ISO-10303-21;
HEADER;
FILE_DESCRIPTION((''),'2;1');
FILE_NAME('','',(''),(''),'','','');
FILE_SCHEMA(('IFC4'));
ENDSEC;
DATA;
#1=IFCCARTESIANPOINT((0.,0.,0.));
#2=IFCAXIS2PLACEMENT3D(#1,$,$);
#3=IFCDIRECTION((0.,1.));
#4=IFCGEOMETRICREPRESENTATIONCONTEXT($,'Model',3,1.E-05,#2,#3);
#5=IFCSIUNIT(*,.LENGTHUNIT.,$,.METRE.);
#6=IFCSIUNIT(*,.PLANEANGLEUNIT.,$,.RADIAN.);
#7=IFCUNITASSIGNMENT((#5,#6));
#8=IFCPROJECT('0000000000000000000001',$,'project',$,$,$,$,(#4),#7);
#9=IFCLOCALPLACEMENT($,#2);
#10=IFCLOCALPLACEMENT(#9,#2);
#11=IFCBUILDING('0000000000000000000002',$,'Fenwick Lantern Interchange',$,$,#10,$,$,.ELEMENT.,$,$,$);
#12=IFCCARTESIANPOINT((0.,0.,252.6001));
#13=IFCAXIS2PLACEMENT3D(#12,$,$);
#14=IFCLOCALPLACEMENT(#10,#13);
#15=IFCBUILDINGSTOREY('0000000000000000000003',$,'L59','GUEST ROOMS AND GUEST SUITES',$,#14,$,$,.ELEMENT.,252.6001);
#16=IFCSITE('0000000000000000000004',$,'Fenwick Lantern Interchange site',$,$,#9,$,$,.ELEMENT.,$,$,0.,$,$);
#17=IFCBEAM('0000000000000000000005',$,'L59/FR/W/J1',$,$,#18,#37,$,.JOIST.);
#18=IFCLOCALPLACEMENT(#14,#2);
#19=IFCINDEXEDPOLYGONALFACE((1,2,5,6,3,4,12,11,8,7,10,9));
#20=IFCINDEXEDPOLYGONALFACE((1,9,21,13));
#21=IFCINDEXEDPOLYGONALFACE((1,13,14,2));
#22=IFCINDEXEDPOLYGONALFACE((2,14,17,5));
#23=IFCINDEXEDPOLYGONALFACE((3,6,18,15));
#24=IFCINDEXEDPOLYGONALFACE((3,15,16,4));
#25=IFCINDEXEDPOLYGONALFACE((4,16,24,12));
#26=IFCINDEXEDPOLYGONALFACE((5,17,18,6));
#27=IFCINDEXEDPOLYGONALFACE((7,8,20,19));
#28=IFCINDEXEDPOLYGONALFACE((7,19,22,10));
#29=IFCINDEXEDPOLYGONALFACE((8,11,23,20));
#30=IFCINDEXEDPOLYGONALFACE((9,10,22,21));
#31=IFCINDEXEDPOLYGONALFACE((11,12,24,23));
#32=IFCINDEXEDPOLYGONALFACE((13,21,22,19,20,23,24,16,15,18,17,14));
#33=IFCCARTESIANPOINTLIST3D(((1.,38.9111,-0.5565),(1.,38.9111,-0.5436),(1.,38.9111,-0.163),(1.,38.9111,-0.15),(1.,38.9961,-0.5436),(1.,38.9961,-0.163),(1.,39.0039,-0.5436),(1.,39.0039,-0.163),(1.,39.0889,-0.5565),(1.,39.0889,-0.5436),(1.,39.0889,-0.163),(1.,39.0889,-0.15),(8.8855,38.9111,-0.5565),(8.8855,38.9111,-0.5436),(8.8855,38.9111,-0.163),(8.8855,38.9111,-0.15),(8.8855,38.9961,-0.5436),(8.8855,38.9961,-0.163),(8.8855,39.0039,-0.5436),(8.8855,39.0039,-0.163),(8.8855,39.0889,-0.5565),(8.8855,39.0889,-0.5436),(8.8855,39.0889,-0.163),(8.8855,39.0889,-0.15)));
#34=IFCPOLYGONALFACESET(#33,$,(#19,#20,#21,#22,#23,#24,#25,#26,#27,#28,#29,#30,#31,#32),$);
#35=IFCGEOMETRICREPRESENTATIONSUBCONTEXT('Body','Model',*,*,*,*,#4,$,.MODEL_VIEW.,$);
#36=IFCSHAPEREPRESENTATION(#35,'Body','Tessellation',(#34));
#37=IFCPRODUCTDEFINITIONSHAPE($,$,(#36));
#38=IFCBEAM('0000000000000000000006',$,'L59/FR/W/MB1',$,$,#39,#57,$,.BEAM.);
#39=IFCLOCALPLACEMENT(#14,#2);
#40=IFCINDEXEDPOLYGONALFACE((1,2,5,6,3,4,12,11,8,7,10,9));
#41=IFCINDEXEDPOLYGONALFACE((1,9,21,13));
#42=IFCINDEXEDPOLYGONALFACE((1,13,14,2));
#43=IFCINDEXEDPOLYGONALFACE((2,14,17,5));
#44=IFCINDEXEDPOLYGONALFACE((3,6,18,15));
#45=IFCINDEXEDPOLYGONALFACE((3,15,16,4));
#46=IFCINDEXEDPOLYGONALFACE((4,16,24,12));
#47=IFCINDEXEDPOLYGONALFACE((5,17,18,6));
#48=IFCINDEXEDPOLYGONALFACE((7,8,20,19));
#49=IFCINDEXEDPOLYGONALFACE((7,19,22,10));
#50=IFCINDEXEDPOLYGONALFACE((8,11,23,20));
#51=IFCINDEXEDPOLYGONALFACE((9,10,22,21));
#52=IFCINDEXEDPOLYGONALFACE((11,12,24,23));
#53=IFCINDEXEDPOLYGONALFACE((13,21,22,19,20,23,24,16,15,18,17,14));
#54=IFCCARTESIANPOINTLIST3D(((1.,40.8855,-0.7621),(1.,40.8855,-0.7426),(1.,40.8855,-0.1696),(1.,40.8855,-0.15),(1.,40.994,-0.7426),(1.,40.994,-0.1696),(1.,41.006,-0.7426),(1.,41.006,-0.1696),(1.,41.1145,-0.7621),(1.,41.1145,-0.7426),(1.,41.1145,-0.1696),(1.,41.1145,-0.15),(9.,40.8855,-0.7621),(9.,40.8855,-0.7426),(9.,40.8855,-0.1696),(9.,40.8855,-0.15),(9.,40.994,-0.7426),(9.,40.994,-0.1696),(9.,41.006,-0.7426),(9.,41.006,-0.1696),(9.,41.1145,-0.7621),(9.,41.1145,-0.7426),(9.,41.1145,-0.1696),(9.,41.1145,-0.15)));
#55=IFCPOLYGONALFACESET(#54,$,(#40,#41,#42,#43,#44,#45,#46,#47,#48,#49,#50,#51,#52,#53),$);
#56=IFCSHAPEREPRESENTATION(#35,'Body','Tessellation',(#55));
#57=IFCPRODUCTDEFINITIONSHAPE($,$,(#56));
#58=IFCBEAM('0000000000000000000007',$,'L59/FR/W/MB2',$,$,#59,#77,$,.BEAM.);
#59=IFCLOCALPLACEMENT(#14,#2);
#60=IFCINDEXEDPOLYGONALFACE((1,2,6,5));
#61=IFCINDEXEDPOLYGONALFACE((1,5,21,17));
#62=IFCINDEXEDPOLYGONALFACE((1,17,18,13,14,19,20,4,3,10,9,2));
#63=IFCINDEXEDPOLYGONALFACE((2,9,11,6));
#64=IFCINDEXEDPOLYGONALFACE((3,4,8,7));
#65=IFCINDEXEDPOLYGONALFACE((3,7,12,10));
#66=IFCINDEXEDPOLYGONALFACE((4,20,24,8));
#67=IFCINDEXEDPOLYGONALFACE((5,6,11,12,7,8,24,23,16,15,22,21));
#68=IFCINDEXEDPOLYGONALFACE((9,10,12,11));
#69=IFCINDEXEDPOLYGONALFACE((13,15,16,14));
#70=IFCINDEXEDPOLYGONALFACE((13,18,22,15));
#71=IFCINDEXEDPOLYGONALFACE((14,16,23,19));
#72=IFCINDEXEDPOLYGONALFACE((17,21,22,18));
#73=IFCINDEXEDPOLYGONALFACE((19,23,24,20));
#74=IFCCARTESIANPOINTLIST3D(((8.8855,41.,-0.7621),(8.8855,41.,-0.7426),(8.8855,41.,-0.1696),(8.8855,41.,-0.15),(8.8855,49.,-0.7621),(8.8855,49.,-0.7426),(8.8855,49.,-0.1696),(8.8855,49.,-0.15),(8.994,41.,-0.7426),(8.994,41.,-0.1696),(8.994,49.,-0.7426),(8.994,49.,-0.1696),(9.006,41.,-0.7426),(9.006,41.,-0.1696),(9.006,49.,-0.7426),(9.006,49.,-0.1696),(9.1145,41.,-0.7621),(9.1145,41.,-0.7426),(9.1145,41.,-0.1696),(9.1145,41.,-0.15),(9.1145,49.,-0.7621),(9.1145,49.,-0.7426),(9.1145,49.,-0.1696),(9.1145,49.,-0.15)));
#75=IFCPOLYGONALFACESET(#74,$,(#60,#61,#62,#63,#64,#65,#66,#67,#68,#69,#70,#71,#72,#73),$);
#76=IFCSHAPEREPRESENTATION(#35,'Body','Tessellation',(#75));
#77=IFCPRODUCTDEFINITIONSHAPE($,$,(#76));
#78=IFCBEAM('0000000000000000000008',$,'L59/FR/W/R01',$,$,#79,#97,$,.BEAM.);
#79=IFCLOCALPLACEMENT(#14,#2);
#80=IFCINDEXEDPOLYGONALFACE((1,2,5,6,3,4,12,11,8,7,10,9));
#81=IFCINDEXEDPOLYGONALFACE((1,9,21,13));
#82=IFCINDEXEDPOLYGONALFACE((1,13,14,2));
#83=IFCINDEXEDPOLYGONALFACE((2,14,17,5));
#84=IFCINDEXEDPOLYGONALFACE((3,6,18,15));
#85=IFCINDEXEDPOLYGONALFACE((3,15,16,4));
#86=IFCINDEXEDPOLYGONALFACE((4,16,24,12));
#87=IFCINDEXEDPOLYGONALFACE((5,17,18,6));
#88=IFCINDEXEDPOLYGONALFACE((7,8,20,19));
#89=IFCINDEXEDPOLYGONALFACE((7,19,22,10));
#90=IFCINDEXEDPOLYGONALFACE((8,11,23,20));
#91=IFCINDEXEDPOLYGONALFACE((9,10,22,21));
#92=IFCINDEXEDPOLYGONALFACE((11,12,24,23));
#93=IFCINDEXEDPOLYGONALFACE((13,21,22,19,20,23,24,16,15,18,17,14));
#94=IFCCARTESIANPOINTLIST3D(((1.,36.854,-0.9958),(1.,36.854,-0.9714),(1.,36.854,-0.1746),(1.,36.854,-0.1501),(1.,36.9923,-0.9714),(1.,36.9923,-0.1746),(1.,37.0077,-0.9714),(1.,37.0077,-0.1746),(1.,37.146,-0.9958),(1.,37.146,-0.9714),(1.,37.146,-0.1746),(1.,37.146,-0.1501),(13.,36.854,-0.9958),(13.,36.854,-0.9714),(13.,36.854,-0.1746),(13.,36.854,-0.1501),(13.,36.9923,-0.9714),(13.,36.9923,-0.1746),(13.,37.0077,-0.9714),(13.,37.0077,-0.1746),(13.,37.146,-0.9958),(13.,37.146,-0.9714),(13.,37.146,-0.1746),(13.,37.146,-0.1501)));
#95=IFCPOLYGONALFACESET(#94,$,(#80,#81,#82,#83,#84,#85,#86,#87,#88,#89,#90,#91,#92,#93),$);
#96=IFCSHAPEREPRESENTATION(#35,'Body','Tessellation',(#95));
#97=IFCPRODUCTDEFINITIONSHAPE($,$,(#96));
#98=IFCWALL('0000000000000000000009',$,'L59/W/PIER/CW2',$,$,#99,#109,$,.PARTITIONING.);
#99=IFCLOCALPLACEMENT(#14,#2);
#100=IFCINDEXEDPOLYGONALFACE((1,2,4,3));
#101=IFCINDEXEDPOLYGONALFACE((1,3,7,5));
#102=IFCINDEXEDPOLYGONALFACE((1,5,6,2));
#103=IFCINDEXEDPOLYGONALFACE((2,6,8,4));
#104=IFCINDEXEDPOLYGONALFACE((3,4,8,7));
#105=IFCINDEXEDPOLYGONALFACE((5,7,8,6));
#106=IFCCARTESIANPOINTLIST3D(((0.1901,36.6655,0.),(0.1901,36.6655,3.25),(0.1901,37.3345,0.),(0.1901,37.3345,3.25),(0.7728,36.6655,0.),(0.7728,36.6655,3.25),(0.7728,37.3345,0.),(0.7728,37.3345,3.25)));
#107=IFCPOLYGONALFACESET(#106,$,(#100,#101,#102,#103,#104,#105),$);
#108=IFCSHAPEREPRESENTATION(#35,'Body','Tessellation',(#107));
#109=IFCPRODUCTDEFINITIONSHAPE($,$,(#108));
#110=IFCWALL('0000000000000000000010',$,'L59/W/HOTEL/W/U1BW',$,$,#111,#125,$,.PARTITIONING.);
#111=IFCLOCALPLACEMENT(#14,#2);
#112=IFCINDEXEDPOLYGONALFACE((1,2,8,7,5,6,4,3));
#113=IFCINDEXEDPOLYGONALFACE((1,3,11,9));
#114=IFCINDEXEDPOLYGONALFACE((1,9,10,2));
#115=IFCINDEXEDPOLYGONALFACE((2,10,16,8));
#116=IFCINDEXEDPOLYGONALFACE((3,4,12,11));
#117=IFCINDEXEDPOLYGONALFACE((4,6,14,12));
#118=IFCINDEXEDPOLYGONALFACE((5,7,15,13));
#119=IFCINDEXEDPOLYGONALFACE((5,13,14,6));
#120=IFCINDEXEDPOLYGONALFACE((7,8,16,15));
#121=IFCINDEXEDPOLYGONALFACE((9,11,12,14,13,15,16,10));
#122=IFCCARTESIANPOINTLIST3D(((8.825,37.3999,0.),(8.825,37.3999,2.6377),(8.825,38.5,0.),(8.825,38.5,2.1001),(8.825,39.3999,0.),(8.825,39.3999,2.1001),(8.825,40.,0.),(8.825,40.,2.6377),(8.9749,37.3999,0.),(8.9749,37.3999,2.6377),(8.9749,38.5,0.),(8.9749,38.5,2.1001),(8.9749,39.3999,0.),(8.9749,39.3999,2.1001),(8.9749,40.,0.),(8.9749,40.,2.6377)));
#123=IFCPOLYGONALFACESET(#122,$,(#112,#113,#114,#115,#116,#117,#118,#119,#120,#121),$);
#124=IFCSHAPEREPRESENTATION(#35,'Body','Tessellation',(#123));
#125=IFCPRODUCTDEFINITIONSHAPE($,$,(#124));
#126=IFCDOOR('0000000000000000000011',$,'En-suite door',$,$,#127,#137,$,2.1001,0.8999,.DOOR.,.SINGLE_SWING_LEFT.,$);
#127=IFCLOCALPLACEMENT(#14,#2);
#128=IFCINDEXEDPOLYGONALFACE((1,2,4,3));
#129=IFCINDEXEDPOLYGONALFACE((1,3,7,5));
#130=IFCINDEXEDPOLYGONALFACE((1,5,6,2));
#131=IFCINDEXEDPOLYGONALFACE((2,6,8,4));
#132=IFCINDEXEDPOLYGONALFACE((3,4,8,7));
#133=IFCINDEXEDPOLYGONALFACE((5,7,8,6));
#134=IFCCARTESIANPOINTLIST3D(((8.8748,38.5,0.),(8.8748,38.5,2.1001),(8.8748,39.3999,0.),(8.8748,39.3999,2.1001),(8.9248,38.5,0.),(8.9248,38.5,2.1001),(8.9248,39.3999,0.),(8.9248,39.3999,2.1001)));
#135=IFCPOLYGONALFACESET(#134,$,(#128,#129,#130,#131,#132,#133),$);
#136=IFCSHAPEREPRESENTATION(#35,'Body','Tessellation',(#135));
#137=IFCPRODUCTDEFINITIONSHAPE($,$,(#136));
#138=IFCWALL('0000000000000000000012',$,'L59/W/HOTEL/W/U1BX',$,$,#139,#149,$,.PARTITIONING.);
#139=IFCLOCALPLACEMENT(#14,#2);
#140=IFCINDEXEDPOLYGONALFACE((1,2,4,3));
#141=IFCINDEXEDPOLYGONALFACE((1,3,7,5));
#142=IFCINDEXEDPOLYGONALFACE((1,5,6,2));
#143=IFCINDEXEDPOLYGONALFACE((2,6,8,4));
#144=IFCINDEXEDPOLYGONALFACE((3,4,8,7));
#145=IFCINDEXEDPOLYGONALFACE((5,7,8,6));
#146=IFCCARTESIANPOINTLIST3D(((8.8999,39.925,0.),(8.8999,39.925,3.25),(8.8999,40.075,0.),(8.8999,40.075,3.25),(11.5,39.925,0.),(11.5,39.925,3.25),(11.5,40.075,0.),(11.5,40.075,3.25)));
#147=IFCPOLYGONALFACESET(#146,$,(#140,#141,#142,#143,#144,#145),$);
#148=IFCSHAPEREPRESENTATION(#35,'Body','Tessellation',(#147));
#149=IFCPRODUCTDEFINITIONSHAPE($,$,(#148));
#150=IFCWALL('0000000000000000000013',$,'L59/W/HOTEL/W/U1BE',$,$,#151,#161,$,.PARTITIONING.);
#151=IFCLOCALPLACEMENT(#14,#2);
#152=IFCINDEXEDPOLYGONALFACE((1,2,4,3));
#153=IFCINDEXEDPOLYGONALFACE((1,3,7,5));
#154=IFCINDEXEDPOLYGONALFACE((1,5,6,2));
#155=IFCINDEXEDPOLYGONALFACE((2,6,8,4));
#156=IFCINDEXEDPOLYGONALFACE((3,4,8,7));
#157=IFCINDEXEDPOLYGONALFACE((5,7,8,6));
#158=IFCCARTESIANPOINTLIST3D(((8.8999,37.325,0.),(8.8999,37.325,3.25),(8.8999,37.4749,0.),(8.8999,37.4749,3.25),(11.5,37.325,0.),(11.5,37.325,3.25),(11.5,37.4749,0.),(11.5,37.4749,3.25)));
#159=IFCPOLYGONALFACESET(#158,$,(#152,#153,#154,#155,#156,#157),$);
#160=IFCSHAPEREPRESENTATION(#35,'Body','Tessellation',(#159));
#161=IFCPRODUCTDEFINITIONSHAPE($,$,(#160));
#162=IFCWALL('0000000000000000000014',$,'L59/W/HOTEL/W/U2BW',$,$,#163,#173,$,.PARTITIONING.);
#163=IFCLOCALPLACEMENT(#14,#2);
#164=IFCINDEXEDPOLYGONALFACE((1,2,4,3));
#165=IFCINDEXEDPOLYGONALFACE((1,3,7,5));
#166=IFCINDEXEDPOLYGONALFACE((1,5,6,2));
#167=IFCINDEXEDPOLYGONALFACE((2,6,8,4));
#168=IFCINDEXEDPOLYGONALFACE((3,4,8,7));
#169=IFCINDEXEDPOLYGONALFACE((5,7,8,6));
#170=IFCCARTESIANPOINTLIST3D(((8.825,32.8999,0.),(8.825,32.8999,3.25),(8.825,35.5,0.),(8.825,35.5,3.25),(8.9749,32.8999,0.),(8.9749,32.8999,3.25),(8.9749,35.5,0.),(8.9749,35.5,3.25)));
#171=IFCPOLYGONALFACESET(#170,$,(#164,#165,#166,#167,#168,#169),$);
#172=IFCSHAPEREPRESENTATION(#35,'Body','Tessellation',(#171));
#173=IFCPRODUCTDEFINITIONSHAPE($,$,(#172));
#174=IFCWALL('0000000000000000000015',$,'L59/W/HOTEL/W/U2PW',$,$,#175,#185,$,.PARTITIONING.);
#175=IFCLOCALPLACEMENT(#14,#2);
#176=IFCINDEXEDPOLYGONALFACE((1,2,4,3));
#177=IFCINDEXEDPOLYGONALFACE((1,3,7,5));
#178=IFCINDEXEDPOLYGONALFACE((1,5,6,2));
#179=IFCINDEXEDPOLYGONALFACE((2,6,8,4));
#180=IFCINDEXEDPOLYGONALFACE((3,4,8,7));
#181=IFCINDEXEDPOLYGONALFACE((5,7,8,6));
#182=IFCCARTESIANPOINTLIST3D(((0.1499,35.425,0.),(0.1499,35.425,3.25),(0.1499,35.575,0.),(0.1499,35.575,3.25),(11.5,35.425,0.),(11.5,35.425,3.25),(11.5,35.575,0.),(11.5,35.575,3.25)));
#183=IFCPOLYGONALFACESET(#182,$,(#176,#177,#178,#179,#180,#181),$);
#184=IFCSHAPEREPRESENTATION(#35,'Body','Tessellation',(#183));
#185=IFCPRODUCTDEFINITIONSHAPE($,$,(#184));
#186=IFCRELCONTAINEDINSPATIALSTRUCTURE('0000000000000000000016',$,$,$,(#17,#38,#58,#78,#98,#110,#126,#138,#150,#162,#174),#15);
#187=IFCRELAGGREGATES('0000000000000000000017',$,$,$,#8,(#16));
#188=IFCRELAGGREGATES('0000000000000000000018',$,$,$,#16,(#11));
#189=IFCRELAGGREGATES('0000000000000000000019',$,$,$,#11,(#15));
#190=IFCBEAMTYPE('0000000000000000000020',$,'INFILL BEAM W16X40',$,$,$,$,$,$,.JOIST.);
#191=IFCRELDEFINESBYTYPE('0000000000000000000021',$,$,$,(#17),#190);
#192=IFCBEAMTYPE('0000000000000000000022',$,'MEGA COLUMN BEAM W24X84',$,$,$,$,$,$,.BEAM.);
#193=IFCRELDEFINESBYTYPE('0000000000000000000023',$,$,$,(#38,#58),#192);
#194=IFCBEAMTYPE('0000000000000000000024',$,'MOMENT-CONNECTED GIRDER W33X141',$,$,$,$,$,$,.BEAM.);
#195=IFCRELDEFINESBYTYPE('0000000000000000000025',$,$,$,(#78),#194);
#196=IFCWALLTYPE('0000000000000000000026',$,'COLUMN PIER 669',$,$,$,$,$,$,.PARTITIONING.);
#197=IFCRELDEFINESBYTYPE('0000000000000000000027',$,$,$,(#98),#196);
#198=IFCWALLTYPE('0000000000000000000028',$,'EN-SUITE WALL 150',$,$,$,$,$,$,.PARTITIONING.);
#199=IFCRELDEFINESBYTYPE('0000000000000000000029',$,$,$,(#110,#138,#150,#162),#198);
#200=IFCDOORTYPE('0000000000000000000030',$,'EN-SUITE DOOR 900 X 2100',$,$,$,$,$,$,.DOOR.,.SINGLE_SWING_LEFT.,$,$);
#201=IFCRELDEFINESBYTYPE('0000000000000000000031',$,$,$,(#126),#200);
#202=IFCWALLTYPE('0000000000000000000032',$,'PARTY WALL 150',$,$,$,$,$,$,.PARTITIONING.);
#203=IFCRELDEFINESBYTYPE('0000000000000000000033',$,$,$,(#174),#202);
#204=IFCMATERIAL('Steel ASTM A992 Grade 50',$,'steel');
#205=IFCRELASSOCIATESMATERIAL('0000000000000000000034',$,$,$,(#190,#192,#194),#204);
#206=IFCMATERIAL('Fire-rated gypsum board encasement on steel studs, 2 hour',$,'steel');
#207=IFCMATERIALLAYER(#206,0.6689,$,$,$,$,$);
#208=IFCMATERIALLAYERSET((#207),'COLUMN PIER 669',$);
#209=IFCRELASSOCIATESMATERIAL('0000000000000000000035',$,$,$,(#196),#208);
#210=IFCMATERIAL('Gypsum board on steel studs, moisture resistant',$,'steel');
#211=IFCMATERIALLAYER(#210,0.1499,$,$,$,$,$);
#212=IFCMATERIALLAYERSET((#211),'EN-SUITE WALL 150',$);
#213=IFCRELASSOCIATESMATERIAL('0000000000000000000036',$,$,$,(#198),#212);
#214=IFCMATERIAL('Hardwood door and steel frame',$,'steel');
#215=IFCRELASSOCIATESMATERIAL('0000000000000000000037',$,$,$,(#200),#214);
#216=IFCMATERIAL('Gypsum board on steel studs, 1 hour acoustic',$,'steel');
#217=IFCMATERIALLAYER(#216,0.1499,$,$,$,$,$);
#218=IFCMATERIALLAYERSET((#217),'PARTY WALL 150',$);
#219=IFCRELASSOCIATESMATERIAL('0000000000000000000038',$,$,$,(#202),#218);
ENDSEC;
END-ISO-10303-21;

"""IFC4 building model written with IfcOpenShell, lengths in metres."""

from ifc_helpers import new_model, si_unit, direction, frame, frame_2d, origin, origin_2d, place, context, subcontext, project, spatial, rectangle, i_section, extrude, material, layer, layer_set, material_profile, profile_set, type_object, element, fill, save


model = new_model("IFC4")

# Units and contexts
model_context = context("Model", 3, precision=1e-05, world=origin(), true_north=direction((0.0, 1.0)))
body_context = subcontext(model_context, "Body", "Model", "MODEL_VIEW")
ifc_project = project(units=[si_unit("LENGTHUNIT", "METRE"), si_unit("PLANEANGLEUNIT", "RADIAN")], contexts=[model_context])

# Site, building, storey
site_placement = place(None, origin())
site = spatial("IfcSite", under=ifc_project, at=site_placement, Name="Fenwick Lantern Interchange site", CompositionType="ELEMENT", RefElevation=0.0)
building_placement = place(site_placement, origin())
building = spatial("IfcBuilding", under=site, at=building_placement, Name="Fenwick Lantern Interchange", CompositionType="ELEMENT")
storey_placement = place(building_placement, frame((0.0, 0.0, 252.6001)))
storey = spatial("IfcBuildingStorey", under=building, at=storey_placement, Name="L59", Description="GUEST ROOMS AND GUEST SUITES", CompositionType="ELEMENT", Elevation=252.6001)

# Shared definitions
ifc_material_1 = material(Name="Steel ASTM A992 Grade 50", Category="steel")

# Beams
ifc_material_profile_1 = material_profile(ifc_material_1, i_section(OverallWidth=0.1777, OverallDepth=0.4065, WebThickness=0.0078, FlangeThickness=0.0129, at=origin_2d()), Name="W16X40")
ifc_profile_set_1 = profile_set([ifc_material_profile_1], Name="Steel ASTM A992 Grade 50")
beam_type_1 = type_object("IfcBeamType", Name="INFILL BEAM W16X40", PredefinedType="JOIST", material=ifc_profile_set_1)
beam_1_placement = place(storey_placement, frame((1.0, 39.0, -0.3533), z_axis=(1.0, 0.0, 0.0), x_axis=(0.0, 1.0, 0.0)))
element("IfcBeam", 1, at=beam_1_placement, inside=storey, type_object=beam_type_1, Name="L59/FR/W/J1", PredefinedType="JOIST", context=body_context, shape_type="SweptSolid", body=[
    extrude(i_section(OverallWidth=0.1777, OverallDepth=0.4065, WebThickness=0.0078, FlangeThickness=0.0129, at=origin_2d()), origin(), (0.0, 0.0, 1.0), 7.8855),
])
ifc_material_profile_2 = material_profile(ifc_material_1, i_section(OverallWidth=0.229, OverallDepth=0.6121, WebThickness=0.012, FlangeThickness=0.0195, at=origin_2d()), Name="W24X84")
ifc_profile_set_2 = profile_set([ifc_material_profile_2], Name="Steel ASTM A992 Grade 50")
beam_type_2 = type_object("IfcBeamType", Name="MEGA COLUMN BEAM W24X84", PredefinedType="BEAM", material=ifc_profile_set_2)
for number, where, z_axis, x_axis, name in (
    (2, (9.0, 41.0, -0.4561), (-1.0, 0.0, 0.0), (0.0, -1.0, 0.0), "L59/FR/W/MB1"),
    (3, (9.0, 41.0, -0.4561), (0.0, 1.0, 0.0), (-1.0, 0.0, 0.0), "L59/FR/W/MB2"),
):
    element("IfcBeam", number, at=place(storey_placement, frame(where, z_axis=z_axis, x_axis=x_axis)), inside=storey, type_object=beam_type_2, Name=name, PredefinedType="BEAM", context=body_context, shape_type="SweptSolid", body=[
        extrude(i_section(OverallWidth=0.229, OverallDepth=0.6121, WebThickness=0.012, FlangeThickness=0.0195, at=origin_2d()), origin(), (0.0, 0.0, 1.0), 8.0),
    ])
ifc_material_profile_3 = material_profile(ifc_material_1, i_section(OverallWidth=0.292, OverallDepth=0.8457, WebThickness=0.0154, FlangeThickness=0.0244, at=origin_2d()), Name="W33X141")
ifc_profile_set_3 = profile_set([ifc_material_profile_3], Name="Steel ASTM A992 Grade 50")
beam_type_3 = type_object("IfcBeamType", Name="MOMENT-CONNECTED GIRDER W33X141", PredefinedType="BEAM", material=ifc_profile_set_3)
beam_2_placement = place(storey_placement, frame((1.0, 37.0, -0.573), z_axis=(1.0, 0.0, 0.0), x_axis=(0.0, 1.0, 0.0)))
element("IfcBeam", 4, at=beam_2_placement, inside=storey, type_object=beam_type_3, Name="L59/FR/W/R01", PredefinedType="BEAM", context=body_context, shape_type="SweptSolid", body=[
    extrude(i_section(OverallWidth=0.292, OverallDepth=0.8457, WebThickness=0.0154, FlangeThickness=0.0244, at=origin_2d()), origin(), (0.0, 0.0, 1.0), 12.0),
])

# Wall
ifc_material_2 = material(Name="Fire-rated gypsum board encasement on steel studs, 2 hour", Category="steel")
ifc_layer_1 = layer(ifc_material_2, 0.6689)
ifc_layer_set_1 = layer_set([ifc_layer_1], Name="COLUMN PIER 669")
wall_type_1 = type_object("IfcWallType", Name="COLUMN PIER 669", PredefinedType="PARTITIONING", material=ifc_layer_set_1)
wall_1_placement = place(storey_placement, frame((0.1899, 37.0, 0.0), z_axis=(0.0, 0.0, 1.0), x_axis=(1.0, 0.0, 0.0)))
element("IfcWall", 5, at=wall_1_placement, inside=storey, type_object=wall_type_1, Name="L59/W/PIER/CW2", PredefinedType="PARTITIONING", context=body_context, shape_type="SweptSolid", body=[
    extrude(rectangle(XDim=0.5828, YDim=0.6689, at=frame_2d((0.2915, 0.0))), origin(), (0.0, 0.0, 1.0), 3.25),
])

# Wall, opening, door
ifc_material_3 = material(Name="Gypsum board on steel studs, moisture resistant", Category="steel")
ifc_layer_2 = layer(ifc_material_3, 0.1499)
ifc_layer_set_2 = layer_set([ifc_layer_2], Name="EN-SUITE WALL 150")
wall_type_2 = type_object("IfcWallType", Name="EN-SUITE WALL 150", PredefinedType="PARTITIONING", material=ifc_layer_set_2)
wall_2_placement = place(storey_placement, frame((8.8999, 40.0, 0.0), z_axis=(0.0, 0.0, 1.0), x_axis=(0.0, -1.0, 0.0)))
wall_2 = element("IfcWall", 6, at=wall_2_placement, inside=storey, type_object=wall_type_2, Name="L59/W/HOTEL/W/U1BW", PredefinedType="PARTITIONING", context=body_context, shape_type="SweptSolid", body=[
    extrude(rectangle(XDim=2.6001, YDim=0.1499, at=frame_2d((1.3, 0.0))), origin(), (0.0, 0.0, 1.0), 2.6377),
])
opening_placement = place(wall_2_placement, frame((0.6001, 0.0, 0.0)))
opening = element("IfcOpeningElement", 7, at=opening_placement, cuts=wall_2, PredefinedType="OPENING", context=body_context, shape_type="SweptSolid", body=[
    extrude(rectangle(XDim=0.8999, YDim=2.1001, at=frame_2d((0.45, 1.05))), frame((0.0, 0.085, 0.0), z_axis=(0.0, -1.0, 0.0), x_axis=(1.0, 0.0, 0.0)), (0.0, 0.0, 1.0), 0.1699),
])
ifc_material_4 = material(Name="Hardwood door and steel frame", Category="steel")
door_type = type_object("IfcDoorType", Name="EN-SUITE DOOR 900 X 2100", OperationType="SINGLE_SWING_LEFT", PredefinedType="DOOR", material=ifc_material_4)
door_placement = place(opening_placement, origin())
door = element("IfcDoor", 8, at=door_placement, inside=storey, type_object=door_type, Name="En-suite door", OperationType="SINGLE_SWING_LEFT", OverallHeight=2.1001, OverallWidth=0.8999, PredefinedType="DOOR", context=body_context, shape_type="SweptSolid", body=[
    extrude(rectangle(XDim=0.8999, YDim=2.1001, at=frame_2d((0.45, 1.05))), frame((0.0, 0.0249, 0.0), z_axis=(0.0, -1.0, 0.0), x_axis=(1.0, 0.0, 0.0)), (0.0, 0.0, 1.0), 0.05),
])
fill(opening, door)

# Walls
for number, where, z_axis, x_axis, name in (
    (9, (8.8999, 40.0, 0.0), (0.0, 0.0, 1.0), (1.0, 0.0, 0.0), "L59/W/HOTEL/W/U1BX"),
    (10, (8.8999, 37.3999, 0.0), (0.0, 0.0, 1.0), (1.0, 0.0, 0.0), "L59/W/HOTEL/W/U1BE"),
    (11, (8.8999, 35.5, 0.0), (0.0, 0.0, 1.0), (0.0, -1.0, 0.0), "L59/W/HOTEL/W/U2BW"),
):
    element("IfcWall", number, at=place(storey_placement, frame(where, z_axis=z_axis, x_axis=x_axis)), inside=storey, type_object=wall_type_2, Name=name, PredefinedType="PARTITIONING", context=body_context, shape_type="SweptSolid", body=[
        extrude(rectangle(XDim=2.6001, YDim=0.1499, at=frame_2d((1.3, 0.0))), origin(), (0.0, 0.0, 1.0), 3.25),
    ])
ifc_material_5 = material(Name="Gypsum board on steel studs, 1 hour acoustic", Category="steel")
ifc_layer_3 = layer(ifc_material_5, 0.1499)
ifc_layer_set_3 = layer_set([ifc_layer_3], Name="PARTY WALL 150")
wall_type_3 = type_object("IfcWallType", Name="PARTY WALL 150", PredefinedType="PARTITIONING", material=ifc_layer_set_3)
wall_3_placement = place(storey_placement, frame((0.1499, 35.5, 0.0), z_axis=(0.0, 0.0, 1.0), x_axis=(1.0, 0.0, 0.0)))
element("IfcWall", 12, at=wall_3_placement, inside=storey, type_object=wall_type_3, Name="L59/W/HOTEL/W/U2PW", PredefinedType="PARTITIONING", context=body_context, shape_type="SweptSolid", body=[
    extrude(rectangle(XDim=11.3501, YDim=0.1499, at=frame_2d((5.675, 0.0))), origin(), (0.0, 0.0, 1.0), 3.25),
])

save(model, "model.ifc")
